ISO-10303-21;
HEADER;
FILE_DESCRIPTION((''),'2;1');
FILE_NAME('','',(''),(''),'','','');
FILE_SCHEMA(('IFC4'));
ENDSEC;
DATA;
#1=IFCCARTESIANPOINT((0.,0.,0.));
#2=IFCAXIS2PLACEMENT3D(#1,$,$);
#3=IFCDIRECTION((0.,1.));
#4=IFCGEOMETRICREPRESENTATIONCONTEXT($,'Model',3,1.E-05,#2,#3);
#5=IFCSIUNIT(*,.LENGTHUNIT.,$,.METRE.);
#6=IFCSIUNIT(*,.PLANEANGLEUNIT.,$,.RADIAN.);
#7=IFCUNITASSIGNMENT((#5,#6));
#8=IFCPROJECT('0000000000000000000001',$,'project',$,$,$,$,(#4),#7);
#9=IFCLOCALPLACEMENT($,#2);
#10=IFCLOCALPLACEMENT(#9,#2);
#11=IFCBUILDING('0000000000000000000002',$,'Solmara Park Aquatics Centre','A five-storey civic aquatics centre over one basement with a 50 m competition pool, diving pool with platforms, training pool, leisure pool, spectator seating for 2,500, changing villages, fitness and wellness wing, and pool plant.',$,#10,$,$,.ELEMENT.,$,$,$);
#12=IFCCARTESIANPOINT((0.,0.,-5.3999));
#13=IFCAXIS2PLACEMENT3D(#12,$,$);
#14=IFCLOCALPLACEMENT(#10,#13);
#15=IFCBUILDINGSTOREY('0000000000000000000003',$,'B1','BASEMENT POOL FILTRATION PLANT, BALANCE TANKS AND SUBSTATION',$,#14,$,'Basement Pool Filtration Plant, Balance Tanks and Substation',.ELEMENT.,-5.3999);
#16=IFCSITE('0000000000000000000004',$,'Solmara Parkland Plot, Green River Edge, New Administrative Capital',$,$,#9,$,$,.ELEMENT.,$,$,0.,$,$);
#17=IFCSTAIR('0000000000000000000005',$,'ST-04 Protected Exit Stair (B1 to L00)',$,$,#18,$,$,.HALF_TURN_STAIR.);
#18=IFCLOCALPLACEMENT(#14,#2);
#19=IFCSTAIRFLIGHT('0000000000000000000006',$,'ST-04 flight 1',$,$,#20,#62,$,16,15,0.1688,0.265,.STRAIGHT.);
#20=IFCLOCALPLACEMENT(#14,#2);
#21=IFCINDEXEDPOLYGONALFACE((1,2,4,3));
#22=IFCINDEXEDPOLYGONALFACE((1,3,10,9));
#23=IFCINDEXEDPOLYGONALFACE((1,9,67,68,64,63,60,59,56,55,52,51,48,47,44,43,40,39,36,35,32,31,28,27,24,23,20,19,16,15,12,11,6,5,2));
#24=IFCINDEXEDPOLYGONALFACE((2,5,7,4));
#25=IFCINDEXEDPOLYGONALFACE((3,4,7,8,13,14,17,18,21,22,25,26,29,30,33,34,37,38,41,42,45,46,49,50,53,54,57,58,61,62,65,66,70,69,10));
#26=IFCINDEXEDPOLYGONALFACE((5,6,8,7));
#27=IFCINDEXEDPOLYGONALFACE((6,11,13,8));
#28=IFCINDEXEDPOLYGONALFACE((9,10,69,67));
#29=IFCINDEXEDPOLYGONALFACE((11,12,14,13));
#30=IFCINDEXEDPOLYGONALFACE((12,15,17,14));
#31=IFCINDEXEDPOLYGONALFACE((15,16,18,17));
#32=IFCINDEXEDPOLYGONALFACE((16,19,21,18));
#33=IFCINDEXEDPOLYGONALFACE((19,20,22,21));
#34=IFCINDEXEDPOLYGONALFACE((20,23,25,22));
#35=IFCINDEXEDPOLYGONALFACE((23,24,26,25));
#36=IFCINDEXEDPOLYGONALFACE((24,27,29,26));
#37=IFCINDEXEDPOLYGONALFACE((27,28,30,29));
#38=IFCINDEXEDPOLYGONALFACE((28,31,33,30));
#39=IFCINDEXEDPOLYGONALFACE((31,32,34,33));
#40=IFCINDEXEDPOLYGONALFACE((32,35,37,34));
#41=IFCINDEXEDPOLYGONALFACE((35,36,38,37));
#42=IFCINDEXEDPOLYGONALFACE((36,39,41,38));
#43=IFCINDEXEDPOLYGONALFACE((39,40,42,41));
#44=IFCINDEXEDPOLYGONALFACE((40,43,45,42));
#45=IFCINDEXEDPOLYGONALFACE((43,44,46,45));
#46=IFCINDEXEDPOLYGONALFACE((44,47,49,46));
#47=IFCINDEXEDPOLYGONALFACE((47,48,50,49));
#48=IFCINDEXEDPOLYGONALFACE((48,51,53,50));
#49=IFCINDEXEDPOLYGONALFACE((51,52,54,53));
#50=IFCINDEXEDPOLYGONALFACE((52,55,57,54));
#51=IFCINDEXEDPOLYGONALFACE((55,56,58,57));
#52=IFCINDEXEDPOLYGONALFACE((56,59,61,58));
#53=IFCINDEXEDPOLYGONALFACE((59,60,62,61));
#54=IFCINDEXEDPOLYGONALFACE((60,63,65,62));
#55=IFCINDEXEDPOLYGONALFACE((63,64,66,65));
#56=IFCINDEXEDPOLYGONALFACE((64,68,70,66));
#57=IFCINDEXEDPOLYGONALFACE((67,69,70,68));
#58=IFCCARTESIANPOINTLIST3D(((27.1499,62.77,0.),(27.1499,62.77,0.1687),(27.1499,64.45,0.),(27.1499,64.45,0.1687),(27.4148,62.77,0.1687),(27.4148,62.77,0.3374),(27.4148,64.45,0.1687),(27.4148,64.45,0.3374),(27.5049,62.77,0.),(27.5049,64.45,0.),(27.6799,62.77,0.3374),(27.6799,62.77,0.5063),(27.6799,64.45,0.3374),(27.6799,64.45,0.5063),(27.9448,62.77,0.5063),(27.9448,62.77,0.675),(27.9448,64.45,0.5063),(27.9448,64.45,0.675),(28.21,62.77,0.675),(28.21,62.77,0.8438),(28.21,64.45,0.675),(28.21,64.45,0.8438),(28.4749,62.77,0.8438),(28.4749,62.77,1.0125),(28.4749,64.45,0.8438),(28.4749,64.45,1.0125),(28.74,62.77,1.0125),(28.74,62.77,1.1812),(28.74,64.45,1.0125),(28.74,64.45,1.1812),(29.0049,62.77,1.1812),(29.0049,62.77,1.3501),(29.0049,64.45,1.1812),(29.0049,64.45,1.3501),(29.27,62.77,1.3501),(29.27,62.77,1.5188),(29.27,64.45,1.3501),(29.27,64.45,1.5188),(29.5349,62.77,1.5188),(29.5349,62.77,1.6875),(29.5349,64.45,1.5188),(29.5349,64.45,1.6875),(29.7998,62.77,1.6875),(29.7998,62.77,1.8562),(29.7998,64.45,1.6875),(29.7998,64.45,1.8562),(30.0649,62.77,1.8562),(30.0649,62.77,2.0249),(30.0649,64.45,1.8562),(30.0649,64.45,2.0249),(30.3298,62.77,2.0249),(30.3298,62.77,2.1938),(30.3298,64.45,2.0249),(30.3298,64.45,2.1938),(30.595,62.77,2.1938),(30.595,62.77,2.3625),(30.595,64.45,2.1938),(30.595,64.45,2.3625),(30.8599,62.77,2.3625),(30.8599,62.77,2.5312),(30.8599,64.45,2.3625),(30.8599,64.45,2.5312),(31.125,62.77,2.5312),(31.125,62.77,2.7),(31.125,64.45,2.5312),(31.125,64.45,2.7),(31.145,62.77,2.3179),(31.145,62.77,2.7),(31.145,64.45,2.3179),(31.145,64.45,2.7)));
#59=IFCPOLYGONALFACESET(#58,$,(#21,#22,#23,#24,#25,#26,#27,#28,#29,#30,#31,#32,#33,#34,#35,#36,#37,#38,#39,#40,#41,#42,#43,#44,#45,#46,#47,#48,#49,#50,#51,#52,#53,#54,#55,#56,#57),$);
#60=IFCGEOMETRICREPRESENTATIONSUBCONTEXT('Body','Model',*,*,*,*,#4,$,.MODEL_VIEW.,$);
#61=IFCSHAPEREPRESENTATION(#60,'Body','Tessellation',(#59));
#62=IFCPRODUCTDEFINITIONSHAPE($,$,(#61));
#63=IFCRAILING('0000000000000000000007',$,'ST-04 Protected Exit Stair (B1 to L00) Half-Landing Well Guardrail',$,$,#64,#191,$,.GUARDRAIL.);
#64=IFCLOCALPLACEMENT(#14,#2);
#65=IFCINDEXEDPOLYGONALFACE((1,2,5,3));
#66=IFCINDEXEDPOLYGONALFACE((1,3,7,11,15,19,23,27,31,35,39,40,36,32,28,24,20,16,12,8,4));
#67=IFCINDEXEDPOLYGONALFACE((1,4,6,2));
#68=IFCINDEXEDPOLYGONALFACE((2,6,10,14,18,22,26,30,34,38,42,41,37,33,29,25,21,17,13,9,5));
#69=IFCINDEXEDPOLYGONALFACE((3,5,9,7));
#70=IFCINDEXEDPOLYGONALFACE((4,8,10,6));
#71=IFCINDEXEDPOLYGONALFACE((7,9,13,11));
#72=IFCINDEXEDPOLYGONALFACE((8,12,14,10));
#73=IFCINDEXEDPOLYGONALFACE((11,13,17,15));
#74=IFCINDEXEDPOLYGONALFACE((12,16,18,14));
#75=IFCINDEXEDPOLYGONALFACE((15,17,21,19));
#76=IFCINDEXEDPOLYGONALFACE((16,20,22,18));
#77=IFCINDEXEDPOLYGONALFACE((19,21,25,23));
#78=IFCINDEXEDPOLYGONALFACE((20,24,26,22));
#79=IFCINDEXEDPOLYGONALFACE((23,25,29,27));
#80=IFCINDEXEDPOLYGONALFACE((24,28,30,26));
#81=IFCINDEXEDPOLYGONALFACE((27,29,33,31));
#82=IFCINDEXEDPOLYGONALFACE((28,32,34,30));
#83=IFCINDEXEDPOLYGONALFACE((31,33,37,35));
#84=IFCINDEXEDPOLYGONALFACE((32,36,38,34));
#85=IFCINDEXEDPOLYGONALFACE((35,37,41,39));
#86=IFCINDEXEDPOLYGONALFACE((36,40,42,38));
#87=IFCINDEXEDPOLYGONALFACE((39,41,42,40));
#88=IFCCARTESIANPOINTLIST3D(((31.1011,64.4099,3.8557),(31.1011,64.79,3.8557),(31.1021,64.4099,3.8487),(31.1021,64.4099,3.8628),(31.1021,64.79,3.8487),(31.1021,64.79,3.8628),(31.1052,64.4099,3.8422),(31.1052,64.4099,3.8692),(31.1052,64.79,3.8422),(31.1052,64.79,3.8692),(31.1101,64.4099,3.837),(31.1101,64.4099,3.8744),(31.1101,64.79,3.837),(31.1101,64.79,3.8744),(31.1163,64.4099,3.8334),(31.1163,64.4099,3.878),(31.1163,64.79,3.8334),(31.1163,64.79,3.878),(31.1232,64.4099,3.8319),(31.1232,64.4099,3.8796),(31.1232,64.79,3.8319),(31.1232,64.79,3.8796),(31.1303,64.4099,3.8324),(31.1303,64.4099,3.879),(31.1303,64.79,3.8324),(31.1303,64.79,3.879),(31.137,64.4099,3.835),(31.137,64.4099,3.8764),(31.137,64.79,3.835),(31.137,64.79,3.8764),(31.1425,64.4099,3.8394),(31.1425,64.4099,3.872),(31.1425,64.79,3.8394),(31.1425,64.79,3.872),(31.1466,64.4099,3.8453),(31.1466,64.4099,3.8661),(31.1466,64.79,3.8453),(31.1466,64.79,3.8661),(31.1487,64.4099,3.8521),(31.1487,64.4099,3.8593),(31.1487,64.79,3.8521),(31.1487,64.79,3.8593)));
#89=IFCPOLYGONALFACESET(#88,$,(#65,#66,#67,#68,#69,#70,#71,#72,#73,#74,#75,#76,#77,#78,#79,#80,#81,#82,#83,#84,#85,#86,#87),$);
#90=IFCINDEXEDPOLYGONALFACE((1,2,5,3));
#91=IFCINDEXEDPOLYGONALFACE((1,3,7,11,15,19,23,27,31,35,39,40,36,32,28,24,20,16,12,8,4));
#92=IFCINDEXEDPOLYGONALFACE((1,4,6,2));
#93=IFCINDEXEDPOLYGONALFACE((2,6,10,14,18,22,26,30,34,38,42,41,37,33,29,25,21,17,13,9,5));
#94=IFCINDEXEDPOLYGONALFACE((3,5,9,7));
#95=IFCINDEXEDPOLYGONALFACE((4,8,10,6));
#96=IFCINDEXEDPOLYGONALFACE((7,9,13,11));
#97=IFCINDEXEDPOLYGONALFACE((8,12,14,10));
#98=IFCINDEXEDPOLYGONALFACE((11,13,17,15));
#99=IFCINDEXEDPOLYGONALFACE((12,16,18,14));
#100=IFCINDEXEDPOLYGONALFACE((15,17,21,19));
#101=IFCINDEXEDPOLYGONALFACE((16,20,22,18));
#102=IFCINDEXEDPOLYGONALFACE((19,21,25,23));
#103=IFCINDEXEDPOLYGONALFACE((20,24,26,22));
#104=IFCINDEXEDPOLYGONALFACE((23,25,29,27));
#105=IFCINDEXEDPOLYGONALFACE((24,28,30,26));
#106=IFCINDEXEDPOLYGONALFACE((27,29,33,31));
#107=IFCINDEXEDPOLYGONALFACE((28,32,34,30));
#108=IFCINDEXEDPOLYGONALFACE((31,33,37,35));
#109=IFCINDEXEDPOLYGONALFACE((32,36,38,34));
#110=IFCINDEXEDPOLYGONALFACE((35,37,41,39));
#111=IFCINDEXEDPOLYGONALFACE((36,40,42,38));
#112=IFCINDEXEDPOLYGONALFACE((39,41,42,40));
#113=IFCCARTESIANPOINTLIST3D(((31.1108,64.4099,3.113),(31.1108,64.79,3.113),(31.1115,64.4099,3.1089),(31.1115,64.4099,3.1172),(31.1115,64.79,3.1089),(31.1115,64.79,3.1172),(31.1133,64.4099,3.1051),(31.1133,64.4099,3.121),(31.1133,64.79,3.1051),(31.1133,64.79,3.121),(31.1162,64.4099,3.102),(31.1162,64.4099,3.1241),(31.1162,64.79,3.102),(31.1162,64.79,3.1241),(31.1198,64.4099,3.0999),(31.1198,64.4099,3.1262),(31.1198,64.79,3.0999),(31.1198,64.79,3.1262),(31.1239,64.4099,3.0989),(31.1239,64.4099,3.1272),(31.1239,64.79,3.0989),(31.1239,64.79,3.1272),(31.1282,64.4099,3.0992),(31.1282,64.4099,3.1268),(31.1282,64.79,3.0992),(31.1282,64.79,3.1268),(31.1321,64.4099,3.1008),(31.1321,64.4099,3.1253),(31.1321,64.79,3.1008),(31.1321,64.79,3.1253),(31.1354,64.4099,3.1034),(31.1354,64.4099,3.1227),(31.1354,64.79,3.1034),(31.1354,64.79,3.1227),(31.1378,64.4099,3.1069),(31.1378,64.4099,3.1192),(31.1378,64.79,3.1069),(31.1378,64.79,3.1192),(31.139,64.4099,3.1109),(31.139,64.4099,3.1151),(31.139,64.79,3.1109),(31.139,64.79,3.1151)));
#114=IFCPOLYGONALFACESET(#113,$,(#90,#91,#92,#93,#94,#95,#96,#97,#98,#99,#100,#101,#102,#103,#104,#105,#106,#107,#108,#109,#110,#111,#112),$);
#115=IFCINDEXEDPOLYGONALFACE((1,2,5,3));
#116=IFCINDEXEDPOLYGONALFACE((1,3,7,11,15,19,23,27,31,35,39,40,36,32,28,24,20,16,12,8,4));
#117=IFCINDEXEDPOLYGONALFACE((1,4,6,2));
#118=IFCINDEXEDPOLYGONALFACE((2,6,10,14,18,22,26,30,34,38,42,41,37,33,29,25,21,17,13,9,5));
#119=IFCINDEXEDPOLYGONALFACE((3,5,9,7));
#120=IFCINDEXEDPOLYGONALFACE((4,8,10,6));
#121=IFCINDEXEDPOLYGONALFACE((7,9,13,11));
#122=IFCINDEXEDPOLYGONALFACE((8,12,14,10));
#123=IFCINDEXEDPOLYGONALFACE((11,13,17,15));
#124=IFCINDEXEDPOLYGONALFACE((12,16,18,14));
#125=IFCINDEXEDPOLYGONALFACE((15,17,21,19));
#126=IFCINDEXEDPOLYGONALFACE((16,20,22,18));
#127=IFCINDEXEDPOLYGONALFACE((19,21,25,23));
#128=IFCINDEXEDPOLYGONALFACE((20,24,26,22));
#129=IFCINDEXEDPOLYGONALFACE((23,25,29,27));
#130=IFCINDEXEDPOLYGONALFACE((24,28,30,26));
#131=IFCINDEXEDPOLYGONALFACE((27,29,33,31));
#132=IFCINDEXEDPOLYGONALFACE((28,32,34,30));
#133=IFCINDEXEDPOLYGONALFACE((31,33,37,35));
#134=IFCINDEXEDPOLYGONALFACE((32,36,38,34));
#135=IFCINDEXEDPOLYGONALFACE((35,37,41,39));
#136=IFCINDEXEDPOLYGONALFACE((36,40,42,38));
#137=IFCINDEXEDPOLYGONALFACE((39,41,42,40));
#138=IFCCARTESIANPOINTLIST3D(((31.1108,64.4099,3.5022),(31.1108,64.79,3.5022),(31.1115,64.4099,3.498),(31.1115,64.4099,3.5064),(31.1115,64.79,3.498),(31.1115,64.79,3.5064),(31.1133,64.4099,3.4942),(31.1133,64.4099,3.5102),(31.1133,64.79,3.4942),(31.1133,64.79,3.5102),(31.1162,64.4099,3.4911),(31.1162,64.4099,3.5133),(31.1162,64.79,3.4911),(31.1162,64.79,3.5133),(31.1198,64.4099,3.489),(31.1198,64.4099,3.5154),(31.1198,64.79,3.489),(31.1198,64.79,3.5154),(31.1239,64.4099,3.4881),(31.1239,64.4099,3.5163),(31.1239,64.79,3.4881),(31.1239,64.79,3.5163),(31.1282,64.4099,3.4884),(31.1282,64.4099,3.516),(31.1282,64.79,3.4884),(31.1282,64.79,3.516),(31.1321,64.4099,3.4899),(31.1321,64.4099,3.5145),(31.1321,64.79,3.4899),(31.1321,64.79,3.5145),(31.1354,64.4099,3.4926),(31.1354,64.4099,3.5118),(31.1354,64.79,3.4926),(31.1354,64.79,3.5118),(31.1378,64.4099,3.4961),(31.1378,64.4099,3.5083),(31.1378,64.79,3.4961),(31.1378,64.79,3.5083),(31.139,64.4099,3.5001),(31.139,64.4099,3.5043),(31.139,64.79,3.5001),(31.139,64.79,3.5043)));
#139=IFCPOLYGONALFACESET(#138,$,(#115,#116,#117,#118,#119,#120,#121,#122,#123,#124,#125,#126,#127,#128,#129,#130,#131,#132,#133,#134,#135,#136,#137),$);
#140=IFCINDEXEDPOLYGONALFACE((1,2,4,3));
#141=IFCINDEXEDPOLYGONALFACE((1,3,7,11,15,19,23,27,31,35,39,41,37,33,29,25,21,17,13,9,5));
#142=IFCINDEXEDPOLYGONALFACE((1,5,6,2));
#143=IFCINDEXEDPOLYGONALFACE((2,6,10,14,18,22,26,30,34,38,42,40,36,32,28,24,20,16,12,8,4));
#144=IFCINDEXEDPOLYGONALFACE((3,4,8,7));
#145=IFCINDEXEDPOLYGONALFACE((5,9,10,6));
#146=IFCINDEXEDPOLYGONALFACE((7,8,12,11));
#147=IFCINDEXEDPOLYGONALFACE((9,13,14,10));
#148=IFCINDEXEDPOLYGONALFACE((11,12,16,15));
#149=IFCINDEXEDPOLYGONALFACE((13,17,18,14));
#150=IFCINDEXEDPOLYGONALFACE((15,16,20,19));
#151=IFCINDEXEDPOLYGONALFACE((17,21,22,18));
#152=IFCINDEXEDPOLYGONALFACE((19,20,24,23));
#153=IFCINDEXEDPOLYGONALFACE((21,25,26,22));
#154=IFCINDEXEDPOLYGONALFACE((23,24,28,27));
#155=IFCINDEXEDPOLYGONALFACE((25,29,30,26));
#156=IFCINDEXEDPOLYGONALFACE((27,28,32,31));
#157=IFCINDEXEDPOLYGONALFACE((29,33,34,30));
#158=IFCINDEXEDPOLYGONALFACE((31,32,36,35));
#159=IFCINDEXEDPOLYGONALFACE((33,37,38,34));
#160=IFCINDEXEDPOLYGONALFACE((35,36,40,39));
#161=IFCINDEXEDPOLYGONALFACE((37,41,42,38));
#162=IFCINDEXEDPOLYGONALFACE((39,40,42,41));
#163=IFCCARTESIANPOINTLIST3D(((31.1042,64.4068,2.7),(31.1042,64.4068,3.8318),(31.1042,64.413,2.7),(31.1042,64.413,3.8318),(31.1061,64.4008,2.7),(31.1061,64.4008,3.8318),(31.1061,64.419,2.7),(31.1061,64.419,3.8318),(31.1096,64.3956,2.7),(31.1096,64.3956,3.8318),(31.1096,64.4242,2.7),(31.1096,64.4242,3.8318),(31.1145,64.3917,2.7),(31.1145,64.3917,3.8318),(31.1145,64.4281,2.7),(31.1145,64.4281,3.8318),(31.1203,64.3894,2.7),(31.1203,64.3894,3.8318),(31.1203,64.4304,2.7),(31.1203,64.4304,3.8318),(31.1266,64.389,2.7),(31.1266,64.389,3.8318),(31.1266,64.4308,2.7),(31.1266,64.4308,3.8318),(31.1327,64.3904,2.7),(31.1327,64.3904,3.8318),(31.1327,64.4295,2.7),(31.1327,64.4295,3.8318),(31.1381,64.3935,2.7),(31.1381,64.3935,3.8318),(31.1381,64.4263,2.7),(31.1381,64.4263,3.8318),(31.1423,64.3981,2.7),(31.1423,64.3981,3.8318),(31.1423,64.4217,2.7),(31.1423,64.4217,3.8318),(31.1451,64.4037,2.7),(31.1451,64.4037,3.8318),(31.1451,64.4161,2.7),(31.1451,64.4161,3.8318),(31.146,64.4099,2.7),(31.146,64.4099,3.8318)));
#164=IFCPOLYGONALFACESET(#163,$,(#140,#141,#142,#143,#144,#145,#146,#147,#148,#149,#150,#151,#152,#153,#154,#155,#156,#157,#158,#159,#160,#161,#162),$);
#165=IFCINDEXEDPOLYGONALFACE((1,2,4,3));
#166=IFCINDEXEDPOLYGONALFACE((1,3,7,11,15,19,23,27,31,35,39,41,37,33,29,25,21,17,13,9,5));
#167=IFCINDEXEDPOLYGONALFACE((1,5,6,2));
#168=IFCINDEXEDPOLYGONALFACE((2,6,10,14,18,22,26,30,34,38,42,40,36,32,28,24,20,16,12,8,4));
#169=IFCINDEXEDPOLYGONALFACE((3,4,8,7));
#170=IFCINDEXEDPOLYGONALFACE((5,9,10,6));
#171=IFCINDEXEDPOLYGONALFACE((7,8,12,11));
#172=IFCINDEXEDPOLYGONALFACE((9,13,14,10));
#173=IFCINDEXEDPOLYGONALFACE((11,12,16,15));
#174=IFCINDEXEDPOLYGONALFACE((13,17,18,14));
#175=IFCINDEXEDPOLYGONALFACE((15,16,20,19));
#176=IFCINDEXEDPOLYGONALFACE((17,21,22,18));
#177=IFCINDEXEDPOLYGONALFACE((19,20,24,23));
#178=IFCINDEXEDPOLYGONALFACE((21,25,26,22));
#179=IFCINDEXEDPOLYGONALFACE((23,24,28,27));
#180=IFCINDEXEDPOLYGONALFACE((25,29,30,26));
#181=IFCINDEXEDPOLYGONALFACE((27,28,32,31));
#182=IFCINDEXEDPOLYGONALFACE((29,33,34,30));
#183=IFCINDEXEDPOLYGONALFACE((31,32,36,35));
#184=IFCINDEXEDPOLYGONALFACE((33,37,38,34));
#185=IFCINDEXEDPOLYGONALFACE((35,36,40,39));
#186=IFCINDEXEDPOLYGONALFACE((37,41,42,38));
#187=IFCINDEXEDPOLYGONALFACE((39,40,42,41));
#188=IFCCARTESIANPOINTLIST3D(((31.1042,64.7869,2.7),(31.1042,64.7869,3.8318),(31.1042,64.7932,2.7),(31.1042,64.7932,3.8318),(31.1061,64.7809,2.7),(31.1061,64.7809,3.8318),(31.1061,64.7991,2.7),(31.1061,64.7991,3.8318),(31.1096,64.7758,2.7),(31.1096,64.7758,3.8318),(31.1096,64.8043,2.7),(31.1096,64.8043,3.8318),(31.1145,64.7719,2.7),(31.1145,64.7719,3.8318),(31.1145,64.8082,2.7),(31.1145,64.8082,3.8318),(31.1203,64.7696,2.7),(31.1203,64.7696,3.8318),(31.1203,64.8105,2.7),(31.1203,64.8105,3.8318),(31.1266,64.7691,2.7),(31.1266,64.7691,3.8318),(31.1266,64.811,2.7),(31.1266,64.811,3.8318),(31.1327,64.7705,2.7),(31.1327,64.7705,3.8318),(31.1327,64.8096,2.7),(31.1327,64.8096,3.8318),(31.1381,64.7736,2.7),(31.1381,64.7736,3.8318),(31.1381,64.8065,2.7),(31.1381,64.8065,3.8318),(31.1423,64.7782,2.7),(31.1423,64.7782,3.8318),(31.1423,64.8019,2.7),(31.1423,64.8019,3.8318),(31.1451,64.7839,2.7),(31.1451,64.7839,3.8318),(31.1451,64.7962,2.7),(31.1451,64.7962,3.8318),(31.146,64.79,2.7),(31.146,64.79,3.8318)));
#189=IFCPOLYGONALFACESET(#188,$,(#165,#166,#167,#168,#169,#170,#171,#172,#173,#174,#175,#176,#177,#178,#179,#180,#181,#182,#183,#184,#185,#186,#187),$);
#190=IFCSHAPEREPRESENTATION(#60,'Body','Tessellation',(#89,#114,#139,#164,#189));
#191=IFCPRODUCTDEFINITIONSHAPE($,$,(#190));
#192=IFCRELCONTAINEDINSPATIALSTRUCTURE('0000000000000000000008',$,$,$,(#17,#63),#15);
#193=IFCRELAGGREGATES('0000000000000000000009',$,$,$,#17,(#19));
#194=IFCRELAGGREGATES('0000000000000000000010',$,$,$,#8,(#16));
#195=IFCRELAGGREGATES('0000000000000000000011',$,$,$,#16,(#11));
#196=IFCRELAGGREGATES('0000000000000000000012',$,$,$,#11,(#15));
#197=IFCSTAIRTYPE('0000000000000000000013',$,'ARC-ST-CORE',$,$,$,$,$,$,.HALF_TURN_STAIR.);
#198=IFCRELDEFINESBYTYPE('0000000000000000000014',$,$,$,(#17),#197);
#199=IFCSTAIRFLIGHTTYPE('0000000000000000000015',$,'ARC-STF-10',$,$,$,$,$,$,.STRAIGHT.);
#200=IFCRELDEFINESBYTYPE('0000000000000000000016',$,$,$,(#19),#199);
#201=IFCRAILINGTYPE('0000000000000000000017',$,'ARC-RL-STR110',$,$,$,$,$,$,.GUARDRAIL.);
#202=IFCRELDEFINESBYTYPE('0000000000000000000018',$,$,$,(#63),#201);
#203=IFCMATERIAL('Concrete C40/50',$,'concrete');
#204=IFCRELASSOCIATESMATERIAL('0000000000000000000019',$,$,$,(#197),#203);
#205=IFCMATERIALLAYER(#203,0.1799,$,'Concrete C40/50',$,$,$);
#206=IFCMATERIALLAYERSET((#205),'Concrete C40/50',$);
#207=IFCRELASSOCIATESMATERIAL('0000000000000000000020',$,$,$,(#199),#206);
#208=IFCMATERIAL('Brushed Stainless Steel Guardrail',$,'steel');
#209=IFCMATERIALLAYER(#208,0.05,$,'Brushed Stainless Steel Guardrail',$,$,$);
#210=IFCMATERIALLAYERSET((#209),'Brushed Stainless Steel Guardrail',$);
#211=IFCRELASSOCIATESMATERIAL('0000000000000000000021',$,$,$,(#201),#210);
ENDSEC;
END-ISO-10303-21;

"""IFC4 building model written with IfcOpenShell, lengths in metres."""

from ifc_helpers import new_model, si_unit, direction, frame, origin, origin_2d, place, context, subcontext, project, spatial, polyline, circle, outline, extrude, material, layer, layer_set, type_object, element, aggregate, save


model = new_model("IFC4")

# Units and contexts
model_context = context("Model", 3, precision=1e-05, world=origin(), true_north=direction((0.0, 1.0)))
body_context = subcontext(model_context, "Body", "Model", "MODEL_VIEW")
ifc_project = project(units=[si_unit("LENGTHUNIT", "METRE"), si_unit("PLANEANGLEUNIT", "RADIAN")], contexts=[model_context])

# Site, building, storey
site_placement = place(None, origin())
site = spatial("IfcSite", under=ifc_project, at=site_placement, Name="Solmara Parkland Plot, Green River Edge, New Administrative Capital", CompositionType="ELEMENT", RefElevation=0.0)
building_placement = place(site_placement, origin())
building = spatial("IfcBuilding", under=site, at=building_placement, Name="Solmara Park Aquatics Centre", Description="A five-storey civic aquatics centre over one basement with a 50 m competition pool, diving pool with platforms, training pool, leisure pool, spectator seating for 2,500, changing villages, fitness and wellness wing, and pool plant.", CompositionType="ELEMENT")
storey_placement = place(building_placement, frame((0.0, 0.0, -5.3999)))
storey = spatial("IfcBuildingStorey", under=building, at=storey_placement, Name="B1", Description="BASEMENT POOL FILTRATION PLANT, BALANCE TANKS AND SUBSTATION", LongName="Basement Pool Filtration Plant, Balance Tanks and Substation", CompositionType="ELEMENT", Elevation=-5.3999)

# Shared definitions
ifc_material_1 = material(Name="Concrete C40/50", Category="concrete")

# Stair, stair flight
stair_type = type_object("IfcStairType", Name="ARC-ST-CORE", PredefinedType="HALF_TURN_STAIR", material=ifc_material_1)
stair_placement = place(storey_placement, origin())
stair = element("IfcStair", 1, at=stair_placement, inside=storey, type_object=stair_type, Name="ST-04 Protected Exit Stair (B1 to L00)", PredefinedType="HALF_TURN_STAIR")
ifc_layer_1 = layer(ifc_material_1, 0.1799, Name="Concrete C40/50")
ifc_layer_set_1 = layer_set([ifc_layer_1], Name="Concrete C40/50")
stair_flight_type = type_object("IfcStairFlightType", Name="ARC-STF-10", PredefinedType="STRAIGHT", material=ifc_layer_set_1)
stair_flight_placement = place(storey_placement, frame((27.1499, 63.6101, 0.0), z_axis=(0.0, 0.0, 1.0), x_axis=(1.0, 0.0, 0.0)))
stair_flight = element("IfcStairFlight", 2, at=stair_flight_placement, type_object=stair_flight_type, Name="ST-04 flight 1", NumberOfRisers=16, NumberOfTreads=15, PredefinedType="STRAIGHT", RiserHeight=0.1688, TreadLength=0.265, context=body_context, shape_type="SweptSolid", body=[
    extrude(outline(polyline([(0.0, 0.0), (0.0, 0.1687), (0.2649, 0.1687), (0.2649, 0.3374), (0.53, 0.3374), (0.53, 0.5063), (0.7949, 0.5063), (0.7949, 0.675), (1.0601, 0.675), (1.0601, 0.8438), (1.325, 0.8438), (1.325, 1.0125), (1.5901, 1.0125), (1.5901, 1.1812), (1.855, 1.1812), (1.855, 1.3501), (2.1201, 1.3501), (2.1201, 1.5188), (2.385, 1.5188), (2.385, 1.6875), (2.6499, 1.6875), (2.6499, 1.8562), (2.915, 1.8562), (2.915, 2.0249), (3.1799, 2.0249), (3.1799, 2.1938), (3.4451, 2.1938), (3.4451, 2.3625), (3.71, 2.3625), (3.71, 2.5312), (3.9751, 2.5312), (3.9751, 2.7), (3.9951, 2.7), (3.9951, 2.3179), (0.355, 0.0), (0.0, 0.0)])), frame((0.0, 0.8398, 0.0), z_axis=(0.0, -1.0, 0.0), x_axis=(1.0, 0.0, 0.0)), (0.0, 0.0, 1.0), 1.6799),
])
aggregate(stair, [stair_flight])

# Railing
ifc_material_2 = material(Name="Brushed Stainless Steel Guardrail", Category="steel")
ifc_layer_2 = layer(ifc_material_2, 0.05, Name="Brushed Stainless Steel Guardrail")
ifc_layer_set_2 = layer_set([ifc_layer_2], Name="Brushed Stainless Steel Guardrail")
railing_type_1 = type_object("IfcRailingType", Name="ARC-RL-STR110", PredefinedType="GUARDRAIL", material=ifc_layer_set_2)
railing_1_placement = place(storey_placement, frame((31.125, 64.4099, 2.7)))
element("IfcRailing", 3, at=railing_1_placement, inside=storey, type_object=railing_type_1, Name="ST-04 Protected Exit Stair (B1 to L00) Half-Landing Well Guardrail", PredefinedType="GUARDRAIL", context=body_context, shape_type="SweptSolid", body=[
    extrude(circle(Radius=0.0239, at=origin_2d()), frame((0.0, 0.0, 1.1558), z_axis=(0.0, 1.0, 0.0), x_axis=(-1.0, 0.0, 0.0)), (0.0, 0.0, 1.0), 0.3801),
    extrude(circle(Radius=0.0142, at=origin_2d()), frame((0.0, 0.0, 0.4131), z_axis=(0.0, 1.0, 0.0), x_axis=(-1.0, 0.0, 0.0)), (0.0, 0.0, 1.0), 0.3801),
    extrude(circle(Radius=0.0142, at=origin_2d()), frame((0.0, 0.0, 0.8022), z_axis=(0.0, 1.0, 0.0), x_axis=(-1.0, 0.0, 0.0)), (0.0, 0.0, 1.0), 0.3801),
    extrude(circle(Radius=0.021, at=origin_2d()), origin(), (0.0, 0.0, 1.0), 1.1318),
    extrude(circle(Radius=0.021, at=origin_2d()), frame((0.0, 0.3801, 0.0)), (0.0, 0.0, 1.0), 1.1318),
])

save(model, "model.ifc")
